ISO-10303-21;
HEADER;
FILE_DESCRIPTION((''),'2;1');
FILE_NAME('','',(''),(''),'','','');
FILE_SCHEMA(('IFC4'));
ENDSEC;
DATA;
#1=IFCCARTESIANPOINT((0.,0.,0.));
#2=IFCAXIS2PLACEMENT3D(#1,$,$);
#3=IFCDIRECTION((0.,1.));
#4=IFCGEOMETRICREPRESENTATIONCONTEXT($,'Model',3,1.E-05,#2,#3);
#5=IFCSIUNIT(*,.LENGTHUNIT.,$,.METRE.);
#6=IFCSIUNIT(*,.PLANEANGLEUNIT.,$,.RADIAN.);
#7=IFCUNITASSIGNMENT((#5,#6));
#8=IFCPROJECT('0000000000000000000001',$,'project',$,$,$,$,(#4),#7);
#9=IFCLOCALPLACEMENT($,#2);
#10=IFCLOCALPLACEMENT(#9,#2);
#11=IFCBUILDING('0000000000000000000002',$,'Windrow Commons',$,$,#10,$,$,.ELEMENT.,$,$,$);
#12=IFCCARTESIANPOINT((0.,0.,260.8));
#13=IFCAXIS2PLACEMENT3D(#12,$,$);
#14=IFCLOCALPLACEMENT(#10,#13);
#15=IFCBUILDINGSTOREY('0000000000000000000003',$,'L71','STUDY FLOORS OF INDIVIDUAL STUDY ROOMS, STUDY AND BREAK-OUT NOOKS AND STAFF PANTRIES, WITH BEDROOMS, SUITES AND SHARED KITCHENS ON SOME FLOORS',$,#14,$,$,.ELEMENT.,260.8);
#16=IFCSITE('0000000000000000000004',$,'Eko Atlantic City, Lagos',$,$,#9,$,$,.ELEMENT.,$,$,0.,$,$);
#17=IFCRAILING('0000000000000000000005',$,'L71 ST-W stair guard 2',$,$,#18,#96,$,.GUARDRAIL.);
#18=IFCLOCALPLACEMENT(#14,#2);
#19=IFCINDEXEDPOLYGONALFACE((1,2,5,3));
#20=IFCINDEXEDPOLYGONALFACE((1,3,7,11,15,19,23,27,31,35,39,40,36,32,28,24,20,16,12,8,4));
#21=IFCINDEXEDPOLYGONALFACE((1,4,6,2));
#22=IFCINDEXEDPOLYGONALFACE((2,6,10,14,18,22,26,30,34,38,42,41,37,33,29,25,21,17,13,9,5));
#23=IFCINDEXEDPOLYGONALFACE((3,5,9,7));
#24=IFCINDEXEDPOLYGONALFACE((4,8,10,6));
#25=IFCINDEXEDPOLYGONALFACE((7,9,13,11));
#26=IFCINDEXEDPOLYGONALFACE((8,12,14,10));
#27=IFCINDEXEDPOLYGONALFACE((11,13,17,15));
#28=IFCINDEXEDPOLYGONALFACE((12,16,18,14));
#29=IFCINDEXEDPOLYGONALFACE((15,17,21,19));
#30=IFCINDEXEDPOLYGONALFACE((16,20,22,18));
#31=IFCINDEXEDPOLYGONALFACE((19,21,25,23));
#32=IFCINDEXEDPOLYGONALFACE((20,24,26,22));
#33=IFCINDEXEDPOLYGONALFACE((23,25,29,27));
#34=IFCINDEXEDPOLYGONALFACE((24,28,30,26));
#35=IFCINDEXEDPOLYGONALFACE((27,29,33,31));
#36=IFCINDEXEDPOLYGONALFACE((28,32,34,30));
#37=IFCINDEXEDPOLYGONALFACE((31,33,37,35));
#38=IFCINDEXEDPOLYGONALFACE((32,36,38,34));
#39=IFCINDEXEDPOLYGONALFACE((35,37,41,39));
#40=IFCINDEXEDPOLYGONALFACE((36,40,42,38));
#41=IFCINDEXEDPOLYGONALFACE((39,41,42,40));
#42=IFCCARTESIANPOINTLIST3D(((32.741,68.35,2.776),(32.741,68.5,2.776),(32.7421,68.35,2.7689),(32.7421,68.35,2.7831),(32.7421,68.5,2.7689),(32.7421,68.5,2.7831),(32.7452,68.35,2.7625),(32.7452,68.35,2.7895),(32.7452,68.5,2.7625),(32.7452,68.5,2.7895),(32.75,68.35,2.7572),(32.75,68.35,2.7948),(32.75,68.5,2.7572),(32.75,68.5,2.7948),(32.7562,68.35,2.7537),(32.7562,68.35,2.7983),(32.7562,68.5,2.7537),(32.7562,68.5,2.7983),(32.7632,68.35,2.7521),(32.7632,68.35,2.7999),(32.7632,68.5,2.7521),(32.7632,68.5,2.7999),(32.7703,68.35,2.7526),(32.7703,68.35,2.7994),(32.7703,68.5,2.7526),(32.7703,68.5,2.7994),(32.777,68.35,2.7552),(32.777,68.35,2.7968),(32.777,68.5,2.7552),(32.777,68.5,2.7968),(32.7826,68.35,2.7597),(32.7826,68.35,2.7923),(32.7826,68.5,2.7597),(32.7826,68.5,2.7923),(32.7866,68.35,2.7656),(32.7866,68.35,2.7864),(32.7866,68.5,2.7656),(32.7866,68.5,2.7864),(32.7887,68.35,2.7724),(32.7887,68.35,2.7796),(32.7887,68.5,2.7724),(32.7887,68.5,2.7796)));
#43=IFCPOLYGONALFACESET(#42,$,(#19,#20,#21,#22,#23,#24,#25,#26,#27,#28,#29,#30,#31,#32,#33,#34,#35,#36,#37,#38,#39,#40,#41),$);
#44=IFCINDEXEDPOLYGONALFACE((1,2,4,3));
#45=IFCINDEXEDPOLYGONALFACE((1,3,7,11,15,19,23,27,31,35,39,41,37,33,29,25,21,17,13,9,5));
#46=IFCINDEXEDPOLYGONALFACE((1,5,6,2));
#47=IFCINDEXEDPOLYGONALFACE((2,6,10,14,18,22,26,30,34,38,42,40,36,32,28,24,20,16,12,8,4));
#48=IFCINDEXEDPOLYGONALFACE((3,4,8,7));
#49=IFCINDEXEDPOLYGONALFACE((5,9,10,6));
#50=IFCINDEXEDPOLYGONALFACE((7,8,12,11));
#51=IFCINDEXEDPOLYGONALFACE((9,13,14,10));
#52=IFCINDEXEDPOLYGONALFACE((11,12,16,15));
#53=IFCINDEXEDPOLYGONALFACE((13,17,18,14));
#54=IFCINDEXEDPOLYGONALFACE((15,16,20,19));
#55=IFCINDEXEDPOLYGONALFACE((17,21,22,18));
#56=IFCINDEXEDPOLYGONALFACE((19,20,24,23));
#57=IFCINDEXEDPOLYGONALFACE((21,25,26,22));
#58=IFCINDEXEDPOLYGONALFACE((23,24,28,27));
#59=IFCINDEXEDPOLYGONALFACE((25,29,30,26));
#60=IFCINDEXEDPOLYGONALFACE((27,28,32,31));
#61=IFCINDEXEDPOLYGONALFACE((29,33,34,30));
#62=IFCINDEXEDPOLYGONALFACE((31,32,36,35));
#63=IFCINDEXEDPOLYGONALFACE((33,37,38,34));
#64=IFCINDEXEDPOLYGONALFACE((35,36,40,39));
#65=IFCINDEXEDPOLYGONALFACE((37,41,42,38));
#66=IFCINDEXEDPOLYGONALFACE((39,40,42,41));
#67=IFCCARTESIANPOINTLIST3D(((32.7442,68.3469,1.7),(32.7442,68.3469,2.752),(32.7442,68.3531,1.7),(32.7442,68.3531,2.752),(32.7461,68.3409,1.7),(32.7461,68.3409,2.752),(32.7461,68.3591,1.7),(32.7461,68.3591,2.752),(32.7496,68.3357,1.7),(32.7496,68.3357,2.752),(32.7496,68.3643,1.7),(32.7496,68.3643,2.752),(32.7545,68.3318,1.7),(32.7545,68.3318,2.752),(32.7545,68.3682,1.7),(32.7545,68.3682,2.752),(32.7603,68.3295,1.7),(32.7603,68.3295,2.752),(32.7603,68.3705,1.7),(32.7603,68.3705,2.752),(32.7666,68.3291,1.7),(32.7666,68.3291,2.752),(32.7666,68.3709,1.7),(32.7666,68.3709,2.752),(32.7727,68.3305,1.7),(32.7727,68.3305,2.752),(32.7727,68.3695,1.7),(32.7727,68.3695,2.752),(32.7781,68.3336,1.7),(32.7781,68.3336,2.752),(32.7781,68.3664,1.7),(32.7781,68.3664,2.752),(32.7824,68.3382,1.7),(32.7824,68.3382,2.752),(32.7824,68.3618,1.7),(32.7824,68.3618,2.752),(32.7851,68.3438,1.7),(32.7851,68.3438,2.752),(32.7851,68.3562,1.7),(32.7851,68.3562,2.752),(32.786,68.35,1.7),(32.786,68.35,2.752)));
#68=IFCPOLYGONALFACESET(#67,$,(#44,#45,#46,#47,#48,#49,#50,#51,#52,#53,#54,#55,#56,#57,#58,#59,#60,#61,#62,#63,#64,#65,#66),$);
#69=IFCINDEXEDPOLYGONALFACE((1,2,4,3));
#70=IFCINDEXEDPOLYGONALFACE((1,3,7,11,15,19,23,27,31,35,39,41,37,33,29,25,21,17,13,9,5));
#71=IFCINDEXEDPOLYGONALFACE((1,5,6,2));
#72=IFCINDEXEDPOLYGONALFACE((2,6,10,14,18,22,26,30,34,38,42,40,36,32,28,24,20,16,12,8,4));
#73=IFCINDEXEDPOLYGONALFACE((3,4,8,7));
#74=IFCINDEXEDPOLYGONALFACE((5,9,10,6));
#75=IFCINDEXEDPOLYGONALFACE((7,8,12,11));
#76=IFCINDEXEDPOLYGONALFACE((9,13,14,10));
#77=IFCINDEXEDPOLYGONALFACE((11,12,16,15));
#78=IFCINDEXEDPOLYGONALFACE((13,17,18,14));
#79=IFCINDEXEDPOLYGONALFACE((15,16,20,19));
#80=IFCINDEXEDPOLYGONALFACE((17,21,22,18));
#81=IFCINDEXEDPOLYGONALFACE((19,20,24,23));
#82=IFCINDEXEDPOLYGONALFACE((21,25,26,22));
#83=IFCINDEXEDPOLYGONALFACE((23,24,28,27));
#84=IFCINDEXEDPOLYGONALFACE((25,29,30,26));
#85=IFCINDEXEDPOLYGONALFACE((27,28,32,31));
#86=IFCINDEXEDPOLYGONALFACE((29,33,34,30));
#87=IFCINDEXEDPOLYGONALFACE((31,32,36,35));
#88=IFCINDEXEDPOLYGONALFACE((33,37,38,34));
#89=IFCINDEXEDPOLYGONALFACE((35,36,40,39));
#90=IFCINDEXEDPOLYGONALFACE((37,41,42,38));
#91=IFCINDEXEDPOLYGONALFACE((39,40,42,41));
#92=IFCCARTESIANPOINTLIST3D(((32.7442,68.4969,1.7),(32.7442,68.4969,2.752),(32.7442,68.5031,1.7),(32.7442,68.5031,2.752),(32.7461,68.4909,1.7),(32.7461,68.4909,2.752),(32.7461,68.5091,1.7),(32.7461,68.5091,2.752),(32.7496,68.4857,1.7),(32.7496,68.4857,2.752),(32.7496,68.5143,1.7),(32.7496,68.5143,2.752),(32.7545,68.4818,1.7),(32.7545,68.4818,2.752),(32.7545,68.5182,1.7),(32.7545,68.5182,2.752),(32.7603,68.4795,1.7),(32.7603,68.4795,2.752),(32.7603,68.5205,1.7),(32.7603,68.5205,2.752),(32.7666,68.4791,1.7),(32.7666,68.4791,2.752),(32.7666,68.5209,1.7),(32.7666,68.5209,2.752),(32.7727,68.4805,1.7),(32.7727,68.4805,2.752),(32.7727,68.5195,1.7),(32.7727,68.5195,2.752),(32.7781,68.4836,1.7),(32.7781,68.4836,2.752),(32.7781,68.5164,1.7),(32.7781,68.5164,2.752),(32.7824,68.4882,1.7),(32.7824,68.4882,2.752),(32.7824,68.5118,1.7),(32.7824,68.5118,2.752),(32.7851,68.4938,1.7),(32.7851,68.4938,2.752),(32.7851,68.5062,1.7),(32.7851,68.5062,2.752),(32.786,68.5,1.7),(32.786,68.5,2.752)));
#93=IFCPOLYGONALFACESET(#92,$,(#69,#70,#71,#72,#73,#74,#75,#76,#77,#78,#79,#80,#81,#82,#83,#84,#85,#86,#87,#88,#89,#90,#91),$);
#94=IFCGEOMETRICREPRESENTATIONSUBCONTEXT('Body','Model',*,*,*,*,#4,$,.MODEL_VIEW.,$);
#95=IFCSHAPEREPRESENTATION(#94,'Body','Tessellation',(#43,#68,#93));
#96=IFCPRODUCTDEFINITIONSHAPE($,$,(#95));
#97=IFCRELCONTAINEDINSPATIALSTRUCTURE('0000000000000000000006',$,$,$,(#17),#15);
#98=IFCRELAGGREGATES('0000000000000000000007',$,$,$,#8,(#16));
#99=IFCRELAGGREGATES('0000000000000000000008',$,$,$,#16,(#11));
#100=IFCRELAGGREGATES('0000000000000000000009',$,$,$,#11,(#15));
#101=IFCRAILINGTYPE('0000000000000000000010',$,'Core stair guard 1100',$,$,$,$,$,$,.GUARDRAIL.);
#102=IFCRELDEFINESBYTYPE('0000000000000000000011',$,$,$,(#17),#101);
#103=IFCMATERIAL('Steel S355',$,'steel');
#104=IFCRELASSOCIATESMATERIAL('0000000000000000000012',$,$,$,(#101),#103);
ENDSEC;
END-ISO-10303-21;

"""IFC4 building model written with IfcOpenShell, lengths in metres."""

from ifc_helpers import new_model, si_unit, direction, frame, origin, origin_2d, place, context, subcontext, project, spatial, circle, extrude, material, type_object, element, save


model = new_model("IFC4")

# Units and contexts
model_context = context("Model", 3, precision=1e-05, world=origin(), true_north=direction((0.0, 1.0)))
body_context = subcontext(model_context, "Body", "Model", "MODEL_VIEW")
ifc_project = project(units=[si_unit("LENGTHUNIT", "METRE"), si_unit("PLANEANGLEUNIT", "RADIAN")], contexts=[model_context])

# Site, building, storey
site_placement = place(None, origin())
site = spatial("IfcSite", under=ifc_project, at=site_placement, Name="Eko Atlantic City, Lagos", CompositionType="ELEMENT", RefElevation=0.0)
building_placement = place(site_placement, origin())
building = spatial("IfcBuilding", under=site, at=building_placement, Name="Windrow Commons", CompositionType="ELEMENT")
storey_placement = place(building_placement, frame((0.0, 0.0, 260.8)))
storey = spatial("IfcBuildingStorey", under=building, at=storey_placement, Name="L71", Description="STUDY FLOORS OF INDIVIDUAL STUDY ROOMS, STUDY AND BREAK-OUT NOOKS AND STAFF PANTRIES, WITH BEDROOMS, SUITES AND SHARED KITCHENS ON SOME FLOORS", CompositionType="ELEMENT", Elevation=260.8)

# Railing
ifc_material_1 = material(Name="Steel S355", Category="steel")
railing_type_1 = type_object("IfcRailingType", Name="Core stair guard 1100", PredefinedType="GUARDRAIL", material=ifc_material_1)
railing_1_placement = place(storey_placement, frame((32.765, 68.35, 1.7)))
element("IfcRailing", 1, at=railing_1_placement, inside=storey, type_object=railing_type_1, Name="L71 ST-W stair guard 2", PredefinedType="GUARDRAIL", context=body_context, shape_type="SweptSolid", body=[
    extrude(circle(Radius=0.024, at=origin_2d()), frame((0.0, 0.0, 1.076), z_axis=(0.0, 1.0, 0.0), x_axis=(-1.0, 0.0, 0.0)), (0.0, 0.0, 1.0), 0.15),
    extrude(circle(Radius=0.021, at=origin_2d()), origin(), (0.0, 0.0, 1.0), 1.052),
    extrude(circle(Radius=0.021, at=origin_2d()), frame((0.0, 0.15, 0.0)), (0.0, 0.0, 1.0), 1.052),
])

save(model, "model.ifc")
